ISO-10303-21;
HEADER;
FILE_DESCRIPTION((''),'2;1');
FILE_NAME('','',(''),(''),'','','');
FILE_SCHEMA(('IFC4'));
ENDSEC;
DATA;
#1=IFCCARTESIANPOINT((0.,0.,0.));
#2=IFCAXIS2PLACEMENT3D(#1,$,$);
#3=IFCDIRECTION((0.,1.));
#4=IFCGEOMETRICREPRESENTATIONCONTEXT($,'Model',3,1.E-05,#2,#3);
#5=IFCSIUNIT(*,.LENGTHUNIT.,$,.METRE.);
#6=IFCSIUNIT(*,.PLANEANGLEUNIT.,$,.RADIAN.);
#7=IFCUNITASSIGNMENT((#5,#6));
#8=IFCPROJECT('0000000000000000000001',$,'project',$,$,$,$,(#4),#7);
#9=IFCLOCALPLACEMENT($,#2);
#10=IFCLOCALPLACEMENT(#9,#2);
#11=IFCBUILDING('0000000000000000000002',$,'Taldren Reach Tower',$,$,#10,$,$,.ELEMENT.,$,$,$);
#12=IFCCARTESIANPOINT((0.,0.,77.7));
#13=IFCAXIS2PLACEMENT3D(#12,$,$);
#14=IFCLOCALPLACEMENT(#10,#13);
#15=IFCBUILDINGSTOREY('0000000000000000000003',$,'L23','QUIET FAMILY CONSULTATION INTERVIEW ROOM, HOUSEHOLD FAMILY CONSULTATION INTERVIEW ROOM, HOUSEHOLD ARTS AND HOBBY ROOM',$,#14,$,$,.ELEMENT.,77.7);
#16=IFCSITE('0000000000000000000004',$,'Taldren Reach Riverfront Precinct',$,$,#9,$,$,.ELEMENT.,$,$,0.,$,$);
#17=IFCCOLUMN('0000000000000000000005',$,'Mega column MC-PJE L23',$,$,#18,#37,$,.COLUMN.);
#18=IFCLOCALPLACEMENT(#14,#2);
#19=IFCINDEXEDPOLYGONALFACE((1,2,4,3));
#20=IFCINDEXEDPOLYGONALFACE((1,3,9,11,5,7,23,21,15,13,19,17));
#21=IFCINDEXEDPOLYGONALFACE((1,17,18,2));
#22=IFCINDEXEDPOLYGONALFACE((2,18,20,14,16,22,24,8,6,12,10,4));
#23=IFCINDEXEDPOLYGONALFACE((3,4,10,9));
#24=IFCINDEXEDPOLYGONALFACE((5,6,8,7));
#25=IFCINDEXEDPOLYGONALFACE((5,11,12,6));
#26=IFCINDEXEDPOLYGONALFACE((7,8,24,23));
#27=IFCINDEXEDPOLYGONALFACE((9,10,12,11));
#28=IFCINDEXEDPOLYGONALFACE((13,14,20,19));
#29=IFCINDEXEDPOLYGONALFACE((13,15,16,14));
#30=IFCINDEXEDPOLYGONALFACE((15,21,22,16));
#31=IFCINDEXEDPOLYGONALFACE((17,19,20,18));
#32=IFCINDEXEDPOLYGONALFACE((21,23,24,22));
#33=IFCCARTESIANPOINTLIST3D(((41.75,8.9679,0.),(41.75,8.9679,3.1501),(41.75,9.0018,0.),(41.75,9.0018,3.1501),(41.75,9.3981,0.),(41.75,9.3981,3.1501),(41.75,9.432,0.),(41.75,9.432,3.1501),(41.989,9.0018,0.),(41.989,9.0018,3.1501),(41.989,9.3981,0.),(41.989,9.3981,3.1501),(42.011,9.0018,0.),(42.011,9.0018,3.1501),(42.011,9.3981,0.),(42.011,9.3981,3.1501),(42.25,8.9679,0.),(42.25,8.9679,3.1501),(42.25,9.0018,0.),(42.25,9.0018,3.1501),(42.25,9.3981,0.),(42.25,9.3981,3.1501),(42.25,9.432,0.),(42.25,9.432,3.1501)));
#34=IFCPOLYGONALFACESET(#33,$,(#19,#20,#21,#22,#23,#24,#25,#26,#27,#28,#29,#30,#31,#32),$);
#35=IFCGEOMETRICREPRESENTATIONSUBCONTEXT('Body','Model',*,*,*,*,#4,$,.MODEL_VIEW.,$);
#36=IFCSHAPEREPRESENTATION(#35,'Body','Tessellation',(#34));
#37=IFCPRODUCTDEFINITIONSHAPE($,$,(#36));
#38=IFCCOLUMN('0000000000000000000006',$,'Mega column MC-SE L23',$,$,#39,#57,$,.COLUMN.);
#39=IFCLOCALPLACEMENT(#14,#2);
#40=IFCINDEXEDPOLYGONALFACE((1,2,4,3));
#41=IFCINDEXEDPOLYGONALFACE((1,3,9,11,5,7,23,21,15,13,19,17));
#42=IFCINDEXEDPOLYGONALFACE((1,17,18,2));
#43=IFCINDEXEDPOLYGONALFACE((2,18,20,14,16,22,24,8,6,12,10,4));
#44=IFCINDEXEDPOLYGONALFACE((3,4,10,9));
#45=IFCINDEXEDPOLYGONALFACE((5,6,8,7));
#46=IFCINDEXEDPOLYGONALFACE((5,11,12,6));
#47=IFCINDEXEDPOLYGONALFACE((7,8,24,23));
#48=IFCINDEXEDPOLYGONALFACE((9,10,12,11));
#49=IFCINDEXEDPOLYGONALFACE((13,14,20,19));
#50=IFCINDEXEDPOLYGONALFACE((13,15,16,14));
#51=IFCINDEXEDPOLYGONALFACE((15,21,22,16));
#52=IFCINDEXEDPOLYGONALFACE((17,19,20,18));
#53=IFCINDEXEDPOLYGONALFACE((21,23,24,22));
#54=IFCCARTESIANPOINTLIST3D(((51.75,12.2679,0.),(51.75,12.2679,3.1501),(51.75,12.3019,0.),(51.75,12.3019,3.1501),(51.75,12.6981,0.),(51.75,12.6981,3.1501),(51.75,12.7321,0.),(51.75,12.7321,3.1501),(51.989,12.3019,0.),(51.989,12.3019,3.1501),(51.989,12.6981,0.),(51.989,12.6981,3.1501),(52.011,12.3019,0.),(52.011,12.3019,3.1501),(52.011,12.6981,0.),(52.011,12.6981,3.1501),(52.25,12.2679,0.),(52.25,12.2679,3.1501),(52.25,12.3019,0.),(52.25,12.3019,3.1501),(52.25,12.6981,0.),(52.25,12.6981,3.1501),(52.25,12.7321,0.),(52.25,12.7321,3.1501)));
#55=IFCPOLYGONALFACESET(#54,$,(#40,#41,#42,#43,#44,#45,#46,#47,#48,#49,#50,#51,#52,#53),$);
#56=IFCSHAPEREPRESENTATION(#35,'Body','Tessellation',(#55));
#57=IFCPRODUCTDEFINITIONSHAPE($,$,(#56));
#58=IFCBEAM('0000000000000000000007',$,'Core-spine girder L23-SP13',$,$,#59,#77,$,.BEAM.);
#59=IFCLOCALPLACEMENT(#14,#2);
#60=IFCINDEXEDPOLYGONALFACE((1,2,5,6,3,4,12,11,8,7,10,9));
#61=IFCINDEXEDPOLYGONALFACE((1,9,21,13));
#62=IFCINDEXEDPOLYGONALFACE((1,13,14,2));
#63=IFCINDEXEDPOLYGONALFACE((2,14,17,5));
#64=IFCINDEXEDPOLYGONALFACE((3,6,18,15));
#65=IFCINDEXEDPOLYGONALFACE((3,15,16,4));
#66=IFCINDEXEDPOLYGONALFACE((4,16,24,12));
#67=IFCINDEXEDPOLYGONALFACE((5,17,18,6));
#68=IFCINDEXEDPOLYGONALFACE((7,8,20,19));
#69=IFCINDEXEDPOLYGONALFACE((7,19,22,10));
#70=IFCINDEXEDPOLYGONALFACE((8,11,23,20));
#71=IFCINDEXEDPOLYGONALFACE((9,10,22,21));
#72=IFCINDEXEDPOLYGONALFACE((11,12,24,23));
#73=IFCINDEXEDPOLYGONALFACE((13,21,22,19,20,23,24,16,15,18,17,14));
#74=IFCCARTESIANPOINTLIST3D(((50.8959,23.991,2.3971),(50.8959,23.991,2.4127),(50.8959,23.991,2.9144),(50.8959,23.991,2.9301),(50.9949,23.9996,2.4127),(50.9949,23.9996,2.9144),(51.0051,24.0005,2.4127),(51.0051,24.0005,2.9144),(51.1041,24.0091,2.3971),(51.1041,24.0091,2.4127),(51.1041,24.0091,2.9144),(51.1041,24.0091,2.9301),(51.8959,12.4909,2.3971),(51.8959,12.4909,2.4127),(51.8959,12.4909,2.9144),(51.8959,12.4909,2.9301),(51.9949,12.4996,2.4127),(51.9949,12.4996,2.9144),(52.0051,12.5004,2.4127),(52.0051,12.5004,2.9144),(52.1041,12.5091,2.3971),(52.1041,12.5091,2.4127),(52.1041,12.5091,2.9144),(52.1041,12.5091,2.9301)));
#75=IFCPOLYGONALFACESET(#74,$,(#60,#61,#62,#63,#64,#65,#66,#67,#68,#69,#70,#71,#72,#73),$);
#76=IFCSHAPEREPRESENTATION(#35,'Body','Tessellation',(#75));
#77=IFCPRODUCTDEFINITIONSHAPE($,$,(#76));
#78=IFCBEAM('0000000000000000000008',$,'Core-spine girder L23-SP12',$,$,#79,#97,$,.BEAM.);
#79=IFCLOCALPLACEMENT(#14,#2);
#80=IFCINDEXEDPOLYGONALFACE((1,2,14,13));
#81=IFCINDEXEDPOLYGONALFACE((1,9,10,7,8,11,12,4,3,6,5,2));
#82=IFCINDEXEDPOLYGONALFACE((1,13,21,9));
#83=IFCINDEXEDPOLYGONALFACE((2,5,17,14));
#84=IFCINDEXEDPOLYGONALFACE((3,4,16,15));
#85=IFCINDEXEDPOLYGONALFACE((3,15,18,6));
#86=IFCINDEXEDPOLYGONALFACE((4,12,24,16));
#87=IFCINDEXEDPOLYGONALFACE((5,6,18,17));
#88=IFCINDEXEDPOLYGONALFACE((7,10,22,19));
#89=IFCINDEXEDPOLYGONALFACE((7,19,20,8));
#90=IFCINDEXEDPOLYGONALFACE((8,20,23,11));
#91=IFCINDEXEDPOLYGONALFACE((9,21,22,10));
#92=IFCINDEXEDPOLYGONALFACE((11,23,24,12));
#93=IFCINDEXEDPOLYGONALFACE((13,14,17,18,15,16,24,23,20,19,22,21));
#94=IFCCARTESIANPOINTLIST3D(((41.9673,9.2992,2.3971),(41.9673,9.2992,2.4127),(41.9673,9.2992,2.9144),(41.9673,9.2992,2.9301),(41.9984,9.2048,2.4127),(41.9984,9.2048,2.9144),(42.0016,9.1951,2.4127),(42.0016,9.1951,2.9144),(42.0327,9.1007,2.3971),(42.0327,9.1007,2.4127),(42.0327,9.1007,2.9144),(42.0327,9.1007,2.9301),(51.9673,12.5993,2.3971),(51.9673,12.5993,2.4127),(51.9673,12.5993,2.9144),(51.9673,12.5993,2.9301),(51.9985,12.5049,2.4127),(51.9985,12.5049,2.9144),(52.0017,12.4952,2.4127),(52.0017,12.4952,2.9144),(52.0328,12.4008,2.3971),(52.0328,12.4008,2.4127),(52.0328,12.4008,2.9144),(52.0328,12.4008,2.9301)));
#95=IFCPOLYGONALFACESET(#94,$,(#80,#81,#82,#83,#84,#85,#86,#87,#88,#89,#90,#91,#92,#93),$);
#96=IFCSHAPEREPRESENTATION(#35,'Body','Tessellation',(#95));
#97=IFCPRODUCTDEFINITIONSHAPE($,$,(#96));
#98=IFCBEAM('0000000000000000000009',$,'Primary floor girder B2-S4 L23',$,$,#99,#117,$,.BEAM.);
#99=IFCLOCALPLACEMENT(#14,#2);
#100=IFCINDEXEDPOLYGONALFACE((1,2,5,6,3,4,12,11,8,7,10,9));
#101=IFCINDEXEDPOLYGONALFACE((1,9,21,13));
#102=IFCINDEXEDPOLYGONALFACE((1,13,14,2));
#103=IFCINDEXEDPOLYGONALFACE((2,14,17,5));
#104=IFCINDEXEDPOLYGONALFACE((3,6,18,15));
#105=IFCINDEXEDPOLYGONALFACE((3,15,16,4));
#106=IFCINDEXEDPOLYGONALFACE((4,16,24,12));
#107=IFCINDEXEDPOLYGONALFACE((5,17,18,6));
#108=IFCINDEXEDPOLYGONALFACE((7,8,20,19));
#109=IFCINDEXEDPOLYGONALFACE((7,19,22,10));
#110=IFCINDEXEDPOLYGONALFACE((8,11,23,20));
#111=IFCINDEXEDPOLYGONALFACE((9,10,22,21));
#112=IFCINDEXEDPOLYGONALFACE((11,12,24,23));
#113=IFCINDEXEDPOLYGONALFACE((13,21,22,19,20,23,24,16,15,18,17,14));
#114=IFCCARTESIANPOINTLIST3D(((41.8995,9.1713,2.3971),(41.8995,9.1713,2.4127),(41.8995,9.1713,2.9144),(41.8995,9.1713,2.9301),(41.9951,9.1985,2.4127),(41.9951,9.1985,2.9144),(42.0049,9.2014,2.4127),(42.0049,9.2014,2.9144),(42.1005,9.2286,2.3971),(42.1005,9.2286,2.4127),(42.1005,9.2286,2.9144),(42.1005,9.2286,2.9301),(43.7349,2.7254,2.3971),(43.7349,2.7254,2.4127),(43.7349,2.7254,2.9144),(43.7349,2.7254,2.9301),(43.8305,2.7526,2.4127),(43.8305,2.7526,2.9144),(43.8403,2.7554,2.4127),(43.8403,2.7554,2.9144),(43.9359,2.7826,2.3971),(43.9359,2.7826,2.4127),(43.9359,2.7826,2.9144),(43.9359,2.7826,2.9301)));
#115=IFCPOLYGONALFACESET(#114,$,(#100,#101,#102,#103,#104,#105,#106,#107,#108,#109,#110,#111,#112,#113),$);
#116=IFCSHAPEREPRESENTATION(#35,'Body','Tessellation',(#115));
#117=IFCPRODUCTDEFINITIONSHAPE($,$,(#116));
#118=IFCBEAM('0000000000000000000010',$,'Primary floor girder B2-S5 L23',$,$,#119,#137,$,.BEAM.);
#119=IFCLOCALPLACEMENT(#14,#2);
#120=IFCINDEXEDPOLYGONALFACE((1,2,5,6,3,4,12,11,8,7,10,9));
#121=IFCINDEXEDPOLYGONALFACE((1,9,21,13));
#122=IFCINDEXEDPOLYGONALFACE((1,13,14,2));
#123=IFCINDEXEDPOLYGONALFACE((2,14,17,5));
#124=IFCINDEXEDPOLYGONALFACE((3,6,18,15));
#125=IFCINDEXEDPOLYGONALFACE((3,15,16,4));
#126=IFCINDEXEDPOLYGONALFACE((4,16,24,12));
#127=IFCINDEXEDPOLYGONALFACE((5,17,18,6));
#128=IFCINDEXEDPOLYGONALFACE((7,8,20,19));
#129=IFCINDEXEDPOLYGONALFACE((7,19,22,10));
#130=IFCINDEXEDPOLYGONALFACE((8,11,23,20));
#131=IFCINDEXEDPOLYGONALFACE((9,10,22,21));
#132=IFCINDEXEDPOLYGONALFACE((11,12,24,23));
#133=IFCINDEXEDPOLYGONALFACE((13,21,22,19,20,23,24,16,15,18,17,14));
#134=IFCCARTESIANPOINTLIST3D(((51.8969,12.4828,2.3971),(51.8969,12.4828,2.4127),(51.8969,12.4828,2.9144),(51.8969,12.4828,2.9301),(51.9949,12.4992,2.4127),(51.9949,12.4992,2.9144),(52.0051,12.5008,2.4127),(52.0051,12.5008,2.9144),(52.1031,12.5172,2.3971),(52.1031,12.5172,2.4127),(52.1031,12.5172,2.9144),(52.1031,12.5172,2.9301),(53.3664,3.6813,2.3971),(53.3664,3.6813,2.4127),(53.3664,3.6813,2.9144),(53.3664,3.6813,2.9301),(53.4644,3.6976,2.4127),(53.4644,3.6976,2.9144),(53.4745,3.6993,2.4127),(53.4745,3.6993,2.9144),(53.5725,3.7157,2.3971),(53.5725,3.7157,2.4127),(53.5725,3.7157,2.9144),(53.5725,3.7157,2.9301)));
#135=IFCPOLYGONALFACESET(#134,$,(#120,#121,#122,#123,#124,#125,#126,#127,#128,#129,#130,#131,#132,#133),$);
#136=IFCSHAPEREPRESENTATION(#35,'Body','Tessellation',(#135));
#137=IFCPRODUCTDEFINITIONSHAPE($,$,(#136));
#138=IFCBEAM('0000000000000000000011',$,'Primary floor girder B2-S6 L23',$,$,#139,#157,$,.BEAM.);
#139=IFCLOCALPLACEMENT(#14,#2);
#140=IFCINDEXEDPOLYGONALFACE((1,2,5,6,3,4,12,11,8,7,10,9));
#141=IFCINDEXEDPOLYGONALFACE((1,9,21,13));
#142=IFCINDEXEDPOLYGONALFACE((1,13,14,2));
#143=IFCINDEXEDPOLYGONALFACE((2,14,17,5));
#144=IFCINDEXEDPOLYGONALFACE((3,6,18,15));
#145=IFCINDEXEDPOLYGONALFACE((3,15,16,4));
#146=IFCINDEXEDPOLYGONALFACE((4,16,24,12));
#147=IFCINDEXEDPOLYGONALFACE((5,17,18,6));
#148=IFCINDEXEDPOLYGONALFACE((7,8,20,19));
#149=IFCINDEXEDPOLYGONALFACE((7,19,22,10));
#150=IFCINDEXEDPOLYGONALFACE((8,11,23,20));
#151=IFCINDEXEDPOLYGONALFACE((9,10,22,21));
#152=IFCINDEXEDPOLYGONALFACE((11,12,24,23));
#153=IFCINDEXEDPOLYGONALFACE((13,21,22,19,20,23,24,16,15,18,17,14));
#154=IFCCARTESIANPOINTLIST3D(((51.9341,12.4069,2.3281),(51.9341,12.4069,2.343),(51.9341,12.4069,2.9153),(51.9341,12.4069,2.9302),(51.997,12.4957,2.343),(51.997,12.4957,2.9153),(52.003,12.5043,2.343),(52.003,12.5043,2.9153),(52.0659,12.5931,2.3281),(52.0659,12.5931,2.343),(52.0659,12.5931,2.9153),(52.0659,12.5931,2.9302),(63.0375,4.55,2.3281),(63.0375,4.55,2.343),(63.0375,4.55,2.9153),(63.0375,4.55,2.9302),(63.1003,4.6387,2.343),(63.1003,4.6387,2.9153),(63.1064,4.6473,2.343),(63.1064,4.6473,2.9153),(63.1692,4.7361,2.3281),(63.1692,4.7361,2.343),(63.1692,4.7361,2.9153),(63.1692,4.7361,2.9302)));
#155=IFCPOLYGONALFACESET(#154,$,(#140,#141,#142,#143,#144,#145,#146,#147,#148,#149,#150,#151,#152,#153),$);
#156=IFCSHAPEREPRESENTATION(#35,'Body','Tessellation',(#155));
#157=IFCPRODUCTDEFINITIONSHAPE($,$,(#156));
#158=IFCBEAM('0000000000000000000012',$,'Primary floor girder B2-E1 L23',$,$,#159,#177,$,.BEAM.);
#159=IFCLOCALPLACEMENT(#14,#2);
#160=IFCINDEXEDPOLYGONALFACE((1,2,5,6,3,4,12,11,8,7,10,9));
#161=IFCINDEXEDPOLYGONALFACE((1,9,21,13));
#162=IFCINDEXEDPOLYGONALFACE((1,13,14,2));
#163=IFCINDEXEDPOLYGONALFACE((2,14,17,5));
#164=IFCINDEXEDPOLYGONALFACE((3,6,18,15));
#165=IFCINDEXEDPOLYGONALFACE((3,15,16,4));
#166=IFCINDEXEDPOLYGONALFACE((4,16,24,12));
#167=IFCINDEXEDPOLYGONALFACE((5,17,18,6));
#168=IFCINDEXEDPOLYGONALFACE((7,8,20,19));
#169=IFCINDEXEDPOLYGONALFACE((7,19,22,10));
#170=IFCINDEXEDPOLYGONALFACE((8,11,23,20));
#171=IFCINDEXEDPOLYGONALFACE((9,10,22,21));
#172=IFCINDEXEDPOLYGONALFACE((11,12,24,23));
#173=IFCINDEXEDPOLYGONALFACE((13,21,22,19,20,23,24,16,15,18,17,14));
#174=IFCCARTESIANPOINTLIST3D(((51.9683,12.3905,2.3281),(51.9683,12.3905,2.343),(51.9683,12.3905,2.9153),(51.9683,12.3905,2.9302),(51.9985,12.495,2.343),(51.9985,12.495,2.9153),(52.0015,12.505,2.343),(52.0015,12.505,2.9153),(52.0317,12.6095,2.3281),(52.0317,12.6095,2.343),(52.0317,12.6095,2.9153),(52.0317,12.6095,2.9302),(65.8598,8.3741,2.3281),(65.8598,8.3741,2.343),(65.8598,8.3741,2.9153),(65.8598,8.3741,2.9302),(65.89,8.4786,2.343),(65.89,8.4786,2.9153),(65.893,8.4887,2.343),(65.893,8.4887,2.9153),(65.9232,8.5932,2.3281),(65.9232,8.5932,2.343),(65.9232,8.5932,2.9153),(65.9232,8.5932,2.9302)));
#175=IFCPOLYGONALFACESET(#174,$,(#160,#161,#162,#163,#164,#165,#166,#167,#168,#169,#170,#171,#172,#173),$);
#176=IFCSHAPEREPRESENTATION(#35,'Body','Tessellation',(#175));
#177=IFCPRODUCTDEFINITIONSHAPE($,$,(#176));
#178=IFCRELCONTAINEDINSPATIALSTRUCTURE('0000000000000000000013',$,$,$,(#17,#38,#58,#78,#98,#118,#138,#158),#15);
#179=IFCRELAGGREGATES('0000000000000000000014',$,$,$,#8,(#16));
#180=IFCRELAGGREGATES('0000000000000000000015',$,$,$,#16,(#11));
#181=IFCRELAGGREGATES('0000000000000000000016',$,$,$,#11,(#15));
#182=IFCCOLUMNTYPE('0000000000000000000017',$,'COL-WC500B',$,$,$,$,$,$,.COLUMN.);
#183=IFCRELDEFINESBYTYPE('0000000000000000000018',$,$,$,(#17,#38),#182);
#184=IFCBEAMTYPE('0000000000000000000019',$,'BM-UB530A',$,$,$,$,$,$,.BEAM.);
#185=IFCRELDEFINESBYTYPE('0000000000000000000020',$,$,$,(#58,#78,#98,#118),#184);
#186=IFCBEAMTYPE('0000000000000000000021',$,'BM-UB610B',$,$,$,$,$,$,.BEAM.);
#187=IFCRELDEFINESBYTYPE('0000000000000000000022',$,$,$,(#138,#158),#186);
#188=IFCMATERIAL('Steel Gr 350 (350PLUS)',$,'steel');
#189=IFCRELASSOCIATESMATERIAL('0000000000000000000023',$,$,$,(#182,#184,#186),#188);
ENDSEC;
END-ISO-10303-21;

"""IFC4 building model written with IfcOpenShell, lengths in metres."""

from ifc_helpers import new_model, si_unit, direction, frame, origin, origin_2d, place, context, subcontext, project, spatial, i_section, extrude, source, transform, mapped, material, material_profile, profile_set, type_object, element, save


model = new_model("IFC4")

# Units and contexts
model_context = context("Model", 3, precision=1e-05, world=origin(), true_north=direction((0.0, 1.0)))
body_context = subcontext(model_context, "Body", "Model", "MODEL_VIEW")
ifc_project = project(units=[si_unit("LENGTHUNIT", "METRE"), si_unit("PLANEANGLEUNIT", "RADIAN")], contexts=[model_context])

# Site, building, storey
site_placement = place(None, origin())
site = spatial("IfcSite", under=ifc_project, at=site_placement, Name="Taldren Reach Riverfront Precinct", CompositionType="ELEMENT", RefElevation=0.0)
building_placement = place(site_placement, origin())
building = spatial("IfcBuilding", under=site, at=building_placement, Name="Taldren Reach Tower", CompositionType="ELEMENT")
storey_placement = place(building_placement, frame((0.0, 0.0, 77.7)))
storey = spatial("IfcBuildingStorey", under=building, at=storey_placement, Name="L23", Description="QUIET FAMILY CONSULTATION INTERVIEW ROOM, HOUSEHOLD FAMILY CONSULTATION INTERVIEW ROOM, HOUSEHOLD ARTS AND HOBBY ROOM", CompositionType="ELEMENT", Elevation=77.7)

# Columns
ifc_material_1 = material(Name="Steel Gr 350 (350PLUS)", Category="steel")
ifc_material_profile_1 = material_profile(ifc_material_1, i_section(OverallWidth=0.5, OverallDepth=0.4641, WebThickness=0.022, FlangeThickness=0.0339, at=origin_2d()), Name="500WC340")
ifc_profile_set_1 = profile_set([ifc_material_profile_1], Name="Steel Gr 350 (350PLUS)")
column_type = type_object("IfcColumnType", Name="COL-WC500B", PredefinedType="COLUMN", material=ifc_profile_set_1)
shared_shape_1 = source(origin(), body_context, "Body", "SweptSolid", [
    extrude(i_section(OverallWidth=0.5, OverallDepth=0.4641, WebThickness=0.022, FlangeThickness=0.0339, at=origin_2d()), origin(), (0.0, 0.0, 1.0), 3.1501),
])
for number, where, z_axis, x_axis, name in (
    (1, (42.0, 9.2, 0.0), (0.0, 0.0, 1.0), (1.0, 0.0, 0.0), "Mega column MC-PJE L23"),
    (2, (52.0, 12.5, 0.0), (0.0, 0.0, 1.0), (1.0, 0.0, 0.0), "Mega column MC-SE L23"),
):
    element("IfcColumn", number, at=place(storey_placement, frame(where, z_axis=z_axis, x_axis=x_axis)), inside=storey, type_object=column_type, Name=name, PredefinedType="COLUMN", context=body_context, shape_type="MappedRepresentation", body=[
        mapped(shared_shape_1, transform((0.0, 0.0, 0.0), scale=1.0)),
    ])

# Beams
ifc_material_profile_2 = material_profile(ifc_material_1, i_section(OverallWidth=0.209, OverallDepth=0.533, WebThickness=0.0103, FlangeThickness=0.0156, at=origin_2d()), Name="530UB92.4")
ifc_profile_set_2 = profile_set([ifc_material_profile_2], Name="Steel Gr 350 (350PLUS)")
beam_type_1 = type_object("IfcBeamType", Name="BM-UB530A", PredefinedType="BEAM", material=ifc_profile_set_2)
shared_shape_2 = source(origin(), body_context, "Body", "SweptSolid", [
    extrude(i_section(OverallWidth=0.209, OverallDepth=0.533, WebThickness=0.0103, FlangeThickness=0.0156, at=origin_2d()), origin(), (0.0, 0.0, 1.0), 11.5435),
])
beam_1_placement = place(storey_placement, frame((52.0, 12.5, 2.6636), z_axis=(-0.08663, 0.996241, 0.0), x_axis=(-0.996241, -0.08663, 0.0)))
element("IfcBeam", 3, at=beam_1_placement, inside=storey, type_object=beam_type_1, Name="Core-spine girder L23-SP13", PredefinedType="BEAM", context=body_context, shape_type="MappedRepresentation", body=[
    mapped(shared_shape_2, transform((0.0, 0.0, 0.0), scale=1.0)),
])
shared_shape_3 = source(origin(), body_context, "Body", "SweptSolid", [
    extrude(i_section(OverallWidth=0.209, OverallDepth=0.533, WebThickness=0.0103, FlangeThickness=0.0156, at=origin_2d()), origin(), (0.0, 0.0, 1.0), 10.5305),
])
beam_2_placement = place(storey_placement, frame((42.0, 9.2, 2.6636), z_axis=(0.949627, 0.313382, 0.0), x_axis=(-0.313382, 0.949627, 0.0)))
element("IfcBeam", 4, at=beam_2_placement, inside=storey, type_object=beam_type_1, Name="Core-spine girder L23-SP12", PredefinedType="BEAM", context=body_context, shape_type="MappedRepresentation", body=[
    mapped(shared_shape_3, transform((0.0, 0.0, 0.0), scale=1.0)),
])
shared_shape_4 = source(origin(), body_context, "Body", "SweptSolid", [
    extrude(i_section(OverallWidth=0.209, OverallDepth=0.533, WebThickness=0.0103, FlangeThickness=0.0156, at=origin_2d()), origin(), (0.0, 0.0, 1.0), 6.7021),
])
beam_3_placement = place(storey_placement, frame((42.0, 9.2, 2.6636), z_axis=(0.273855, -0.961771, 0.0), x_axis=(0.961771, 0.273855, 0.0)))
element("IfcBeam", 5, at=beam_3_placement, inside=storey, type_object=beam_type_1, Name="Primary floor girder B2-S4 L23", PredefinedType="BEAM", context=body_context, shape_type="MappedRepresentation", body=[
    mapped(shared_shape_4, transform((0.0, 0.0, 0.0), scale=1.0)),
])
shared_shape_5 = source(origin(), body_context, "Body", "SweptSolid", [
    extrude(i_section(OverallWidth=0.209, OverallDepth=0.533, WebThickness=0.0103, FlangeThickness=0.0156, at=origin_2d()), origin(), (0.0, 0.0, 1.0), 8.9233),
])
beam_4_placement = place(storey_placement, frame((52.0, 12.5, 2.6636), z_axis=(0.164678, -0.986347, 0.0), x_axis=(0.986347, 0.164678, 0.0)))
element("IfcBeam", 6, at=beam_4_placement, inside=storey, type_object=beam_type_1, Name="Primary floor girder B2-S5 L23", PredefinedType="BEAM", context=body_context, shape_type="MappedRepresentation", body=[
    mapped(shared_shape_5, transform((0.0, 0.0, 0.0), scale=1.0)),
])
ifc_material_profile_3 = material_profile(ifc_material_1, i_section(OverallWidth=0.228, OverallDepth=0.6021, WebThickness=0.0105, FlangeThickness=0.0149, at=origin_2d()), Name="610UB101")
ifc_profile_set_3 = profile_set([ifc_material_profile_3], Name="Steel Gr 350 (350PLUS)")
beam_type_2 = type_object("IfcBeamType", Name="BM-UB610B", PredefinedType="BEAM", material=ifc_profile_set_3)
shared_shape_6 = source(origin(), body_context, "Body", "SweptSolid", [
    extrude(i_section(OverallWidth=0.228, OverallDepth=0.6021, WebThickness=0.0105, FlangeThickness=0.0149, at=origin_2d()), origin(), (0.0, 0.0, 1.0), 13.6021),
])
beam_5_placement = place(storey_placement, frame((52.0, 12.5, 2.6292), z_axis=(0.816298, -0.577631, 0.0), x_axis=(0.577631, 0.816298, 0.0)))
element("IfcBeam", 7, at=beam_5_placement, inside=storey, type_object=beam_type_2, Name="Primary floor girder B2-S6 L23", PredefinedType="BEAM", context=body_context, shape_type="MappedRepresentation", body=[
    mapped(shared_shape_6, transform((0.0, 0.0, 0.0), scale=1.0)),
])
shared_shape_7 = source(origin(), body_context, "Body", "SweptSolid", [
    extrude(i_section(OverallWidth=0.228, OverallDepth=0.6021, WebThickness=0.0105, FlangeThickness=0.0149, at=origin_2d()), origin(), (0.0, 0.0, 1.0), 14.4604),
])
beam_6_placement = place(storey_placement, frame((52.0, 12.5, 2.6292), z_axis=(0.960655, -0.277746, 0.0), x_axis=(0.277746, 0.960655, 0.0)))
element("IfcBeam", 8, at=beam_6_placement, inside=storey, type_object=beam_type_2, Name="Primary floor girder B2-E1 L23", PredefinedType="BEAM", context=body_context, shape_type="MappedRepresentation", body=[
    mapped(shared_shape_7, transform((0.0, 0.0, 0.0), scale=1.0)),
])

save(model, "model.ifc")
